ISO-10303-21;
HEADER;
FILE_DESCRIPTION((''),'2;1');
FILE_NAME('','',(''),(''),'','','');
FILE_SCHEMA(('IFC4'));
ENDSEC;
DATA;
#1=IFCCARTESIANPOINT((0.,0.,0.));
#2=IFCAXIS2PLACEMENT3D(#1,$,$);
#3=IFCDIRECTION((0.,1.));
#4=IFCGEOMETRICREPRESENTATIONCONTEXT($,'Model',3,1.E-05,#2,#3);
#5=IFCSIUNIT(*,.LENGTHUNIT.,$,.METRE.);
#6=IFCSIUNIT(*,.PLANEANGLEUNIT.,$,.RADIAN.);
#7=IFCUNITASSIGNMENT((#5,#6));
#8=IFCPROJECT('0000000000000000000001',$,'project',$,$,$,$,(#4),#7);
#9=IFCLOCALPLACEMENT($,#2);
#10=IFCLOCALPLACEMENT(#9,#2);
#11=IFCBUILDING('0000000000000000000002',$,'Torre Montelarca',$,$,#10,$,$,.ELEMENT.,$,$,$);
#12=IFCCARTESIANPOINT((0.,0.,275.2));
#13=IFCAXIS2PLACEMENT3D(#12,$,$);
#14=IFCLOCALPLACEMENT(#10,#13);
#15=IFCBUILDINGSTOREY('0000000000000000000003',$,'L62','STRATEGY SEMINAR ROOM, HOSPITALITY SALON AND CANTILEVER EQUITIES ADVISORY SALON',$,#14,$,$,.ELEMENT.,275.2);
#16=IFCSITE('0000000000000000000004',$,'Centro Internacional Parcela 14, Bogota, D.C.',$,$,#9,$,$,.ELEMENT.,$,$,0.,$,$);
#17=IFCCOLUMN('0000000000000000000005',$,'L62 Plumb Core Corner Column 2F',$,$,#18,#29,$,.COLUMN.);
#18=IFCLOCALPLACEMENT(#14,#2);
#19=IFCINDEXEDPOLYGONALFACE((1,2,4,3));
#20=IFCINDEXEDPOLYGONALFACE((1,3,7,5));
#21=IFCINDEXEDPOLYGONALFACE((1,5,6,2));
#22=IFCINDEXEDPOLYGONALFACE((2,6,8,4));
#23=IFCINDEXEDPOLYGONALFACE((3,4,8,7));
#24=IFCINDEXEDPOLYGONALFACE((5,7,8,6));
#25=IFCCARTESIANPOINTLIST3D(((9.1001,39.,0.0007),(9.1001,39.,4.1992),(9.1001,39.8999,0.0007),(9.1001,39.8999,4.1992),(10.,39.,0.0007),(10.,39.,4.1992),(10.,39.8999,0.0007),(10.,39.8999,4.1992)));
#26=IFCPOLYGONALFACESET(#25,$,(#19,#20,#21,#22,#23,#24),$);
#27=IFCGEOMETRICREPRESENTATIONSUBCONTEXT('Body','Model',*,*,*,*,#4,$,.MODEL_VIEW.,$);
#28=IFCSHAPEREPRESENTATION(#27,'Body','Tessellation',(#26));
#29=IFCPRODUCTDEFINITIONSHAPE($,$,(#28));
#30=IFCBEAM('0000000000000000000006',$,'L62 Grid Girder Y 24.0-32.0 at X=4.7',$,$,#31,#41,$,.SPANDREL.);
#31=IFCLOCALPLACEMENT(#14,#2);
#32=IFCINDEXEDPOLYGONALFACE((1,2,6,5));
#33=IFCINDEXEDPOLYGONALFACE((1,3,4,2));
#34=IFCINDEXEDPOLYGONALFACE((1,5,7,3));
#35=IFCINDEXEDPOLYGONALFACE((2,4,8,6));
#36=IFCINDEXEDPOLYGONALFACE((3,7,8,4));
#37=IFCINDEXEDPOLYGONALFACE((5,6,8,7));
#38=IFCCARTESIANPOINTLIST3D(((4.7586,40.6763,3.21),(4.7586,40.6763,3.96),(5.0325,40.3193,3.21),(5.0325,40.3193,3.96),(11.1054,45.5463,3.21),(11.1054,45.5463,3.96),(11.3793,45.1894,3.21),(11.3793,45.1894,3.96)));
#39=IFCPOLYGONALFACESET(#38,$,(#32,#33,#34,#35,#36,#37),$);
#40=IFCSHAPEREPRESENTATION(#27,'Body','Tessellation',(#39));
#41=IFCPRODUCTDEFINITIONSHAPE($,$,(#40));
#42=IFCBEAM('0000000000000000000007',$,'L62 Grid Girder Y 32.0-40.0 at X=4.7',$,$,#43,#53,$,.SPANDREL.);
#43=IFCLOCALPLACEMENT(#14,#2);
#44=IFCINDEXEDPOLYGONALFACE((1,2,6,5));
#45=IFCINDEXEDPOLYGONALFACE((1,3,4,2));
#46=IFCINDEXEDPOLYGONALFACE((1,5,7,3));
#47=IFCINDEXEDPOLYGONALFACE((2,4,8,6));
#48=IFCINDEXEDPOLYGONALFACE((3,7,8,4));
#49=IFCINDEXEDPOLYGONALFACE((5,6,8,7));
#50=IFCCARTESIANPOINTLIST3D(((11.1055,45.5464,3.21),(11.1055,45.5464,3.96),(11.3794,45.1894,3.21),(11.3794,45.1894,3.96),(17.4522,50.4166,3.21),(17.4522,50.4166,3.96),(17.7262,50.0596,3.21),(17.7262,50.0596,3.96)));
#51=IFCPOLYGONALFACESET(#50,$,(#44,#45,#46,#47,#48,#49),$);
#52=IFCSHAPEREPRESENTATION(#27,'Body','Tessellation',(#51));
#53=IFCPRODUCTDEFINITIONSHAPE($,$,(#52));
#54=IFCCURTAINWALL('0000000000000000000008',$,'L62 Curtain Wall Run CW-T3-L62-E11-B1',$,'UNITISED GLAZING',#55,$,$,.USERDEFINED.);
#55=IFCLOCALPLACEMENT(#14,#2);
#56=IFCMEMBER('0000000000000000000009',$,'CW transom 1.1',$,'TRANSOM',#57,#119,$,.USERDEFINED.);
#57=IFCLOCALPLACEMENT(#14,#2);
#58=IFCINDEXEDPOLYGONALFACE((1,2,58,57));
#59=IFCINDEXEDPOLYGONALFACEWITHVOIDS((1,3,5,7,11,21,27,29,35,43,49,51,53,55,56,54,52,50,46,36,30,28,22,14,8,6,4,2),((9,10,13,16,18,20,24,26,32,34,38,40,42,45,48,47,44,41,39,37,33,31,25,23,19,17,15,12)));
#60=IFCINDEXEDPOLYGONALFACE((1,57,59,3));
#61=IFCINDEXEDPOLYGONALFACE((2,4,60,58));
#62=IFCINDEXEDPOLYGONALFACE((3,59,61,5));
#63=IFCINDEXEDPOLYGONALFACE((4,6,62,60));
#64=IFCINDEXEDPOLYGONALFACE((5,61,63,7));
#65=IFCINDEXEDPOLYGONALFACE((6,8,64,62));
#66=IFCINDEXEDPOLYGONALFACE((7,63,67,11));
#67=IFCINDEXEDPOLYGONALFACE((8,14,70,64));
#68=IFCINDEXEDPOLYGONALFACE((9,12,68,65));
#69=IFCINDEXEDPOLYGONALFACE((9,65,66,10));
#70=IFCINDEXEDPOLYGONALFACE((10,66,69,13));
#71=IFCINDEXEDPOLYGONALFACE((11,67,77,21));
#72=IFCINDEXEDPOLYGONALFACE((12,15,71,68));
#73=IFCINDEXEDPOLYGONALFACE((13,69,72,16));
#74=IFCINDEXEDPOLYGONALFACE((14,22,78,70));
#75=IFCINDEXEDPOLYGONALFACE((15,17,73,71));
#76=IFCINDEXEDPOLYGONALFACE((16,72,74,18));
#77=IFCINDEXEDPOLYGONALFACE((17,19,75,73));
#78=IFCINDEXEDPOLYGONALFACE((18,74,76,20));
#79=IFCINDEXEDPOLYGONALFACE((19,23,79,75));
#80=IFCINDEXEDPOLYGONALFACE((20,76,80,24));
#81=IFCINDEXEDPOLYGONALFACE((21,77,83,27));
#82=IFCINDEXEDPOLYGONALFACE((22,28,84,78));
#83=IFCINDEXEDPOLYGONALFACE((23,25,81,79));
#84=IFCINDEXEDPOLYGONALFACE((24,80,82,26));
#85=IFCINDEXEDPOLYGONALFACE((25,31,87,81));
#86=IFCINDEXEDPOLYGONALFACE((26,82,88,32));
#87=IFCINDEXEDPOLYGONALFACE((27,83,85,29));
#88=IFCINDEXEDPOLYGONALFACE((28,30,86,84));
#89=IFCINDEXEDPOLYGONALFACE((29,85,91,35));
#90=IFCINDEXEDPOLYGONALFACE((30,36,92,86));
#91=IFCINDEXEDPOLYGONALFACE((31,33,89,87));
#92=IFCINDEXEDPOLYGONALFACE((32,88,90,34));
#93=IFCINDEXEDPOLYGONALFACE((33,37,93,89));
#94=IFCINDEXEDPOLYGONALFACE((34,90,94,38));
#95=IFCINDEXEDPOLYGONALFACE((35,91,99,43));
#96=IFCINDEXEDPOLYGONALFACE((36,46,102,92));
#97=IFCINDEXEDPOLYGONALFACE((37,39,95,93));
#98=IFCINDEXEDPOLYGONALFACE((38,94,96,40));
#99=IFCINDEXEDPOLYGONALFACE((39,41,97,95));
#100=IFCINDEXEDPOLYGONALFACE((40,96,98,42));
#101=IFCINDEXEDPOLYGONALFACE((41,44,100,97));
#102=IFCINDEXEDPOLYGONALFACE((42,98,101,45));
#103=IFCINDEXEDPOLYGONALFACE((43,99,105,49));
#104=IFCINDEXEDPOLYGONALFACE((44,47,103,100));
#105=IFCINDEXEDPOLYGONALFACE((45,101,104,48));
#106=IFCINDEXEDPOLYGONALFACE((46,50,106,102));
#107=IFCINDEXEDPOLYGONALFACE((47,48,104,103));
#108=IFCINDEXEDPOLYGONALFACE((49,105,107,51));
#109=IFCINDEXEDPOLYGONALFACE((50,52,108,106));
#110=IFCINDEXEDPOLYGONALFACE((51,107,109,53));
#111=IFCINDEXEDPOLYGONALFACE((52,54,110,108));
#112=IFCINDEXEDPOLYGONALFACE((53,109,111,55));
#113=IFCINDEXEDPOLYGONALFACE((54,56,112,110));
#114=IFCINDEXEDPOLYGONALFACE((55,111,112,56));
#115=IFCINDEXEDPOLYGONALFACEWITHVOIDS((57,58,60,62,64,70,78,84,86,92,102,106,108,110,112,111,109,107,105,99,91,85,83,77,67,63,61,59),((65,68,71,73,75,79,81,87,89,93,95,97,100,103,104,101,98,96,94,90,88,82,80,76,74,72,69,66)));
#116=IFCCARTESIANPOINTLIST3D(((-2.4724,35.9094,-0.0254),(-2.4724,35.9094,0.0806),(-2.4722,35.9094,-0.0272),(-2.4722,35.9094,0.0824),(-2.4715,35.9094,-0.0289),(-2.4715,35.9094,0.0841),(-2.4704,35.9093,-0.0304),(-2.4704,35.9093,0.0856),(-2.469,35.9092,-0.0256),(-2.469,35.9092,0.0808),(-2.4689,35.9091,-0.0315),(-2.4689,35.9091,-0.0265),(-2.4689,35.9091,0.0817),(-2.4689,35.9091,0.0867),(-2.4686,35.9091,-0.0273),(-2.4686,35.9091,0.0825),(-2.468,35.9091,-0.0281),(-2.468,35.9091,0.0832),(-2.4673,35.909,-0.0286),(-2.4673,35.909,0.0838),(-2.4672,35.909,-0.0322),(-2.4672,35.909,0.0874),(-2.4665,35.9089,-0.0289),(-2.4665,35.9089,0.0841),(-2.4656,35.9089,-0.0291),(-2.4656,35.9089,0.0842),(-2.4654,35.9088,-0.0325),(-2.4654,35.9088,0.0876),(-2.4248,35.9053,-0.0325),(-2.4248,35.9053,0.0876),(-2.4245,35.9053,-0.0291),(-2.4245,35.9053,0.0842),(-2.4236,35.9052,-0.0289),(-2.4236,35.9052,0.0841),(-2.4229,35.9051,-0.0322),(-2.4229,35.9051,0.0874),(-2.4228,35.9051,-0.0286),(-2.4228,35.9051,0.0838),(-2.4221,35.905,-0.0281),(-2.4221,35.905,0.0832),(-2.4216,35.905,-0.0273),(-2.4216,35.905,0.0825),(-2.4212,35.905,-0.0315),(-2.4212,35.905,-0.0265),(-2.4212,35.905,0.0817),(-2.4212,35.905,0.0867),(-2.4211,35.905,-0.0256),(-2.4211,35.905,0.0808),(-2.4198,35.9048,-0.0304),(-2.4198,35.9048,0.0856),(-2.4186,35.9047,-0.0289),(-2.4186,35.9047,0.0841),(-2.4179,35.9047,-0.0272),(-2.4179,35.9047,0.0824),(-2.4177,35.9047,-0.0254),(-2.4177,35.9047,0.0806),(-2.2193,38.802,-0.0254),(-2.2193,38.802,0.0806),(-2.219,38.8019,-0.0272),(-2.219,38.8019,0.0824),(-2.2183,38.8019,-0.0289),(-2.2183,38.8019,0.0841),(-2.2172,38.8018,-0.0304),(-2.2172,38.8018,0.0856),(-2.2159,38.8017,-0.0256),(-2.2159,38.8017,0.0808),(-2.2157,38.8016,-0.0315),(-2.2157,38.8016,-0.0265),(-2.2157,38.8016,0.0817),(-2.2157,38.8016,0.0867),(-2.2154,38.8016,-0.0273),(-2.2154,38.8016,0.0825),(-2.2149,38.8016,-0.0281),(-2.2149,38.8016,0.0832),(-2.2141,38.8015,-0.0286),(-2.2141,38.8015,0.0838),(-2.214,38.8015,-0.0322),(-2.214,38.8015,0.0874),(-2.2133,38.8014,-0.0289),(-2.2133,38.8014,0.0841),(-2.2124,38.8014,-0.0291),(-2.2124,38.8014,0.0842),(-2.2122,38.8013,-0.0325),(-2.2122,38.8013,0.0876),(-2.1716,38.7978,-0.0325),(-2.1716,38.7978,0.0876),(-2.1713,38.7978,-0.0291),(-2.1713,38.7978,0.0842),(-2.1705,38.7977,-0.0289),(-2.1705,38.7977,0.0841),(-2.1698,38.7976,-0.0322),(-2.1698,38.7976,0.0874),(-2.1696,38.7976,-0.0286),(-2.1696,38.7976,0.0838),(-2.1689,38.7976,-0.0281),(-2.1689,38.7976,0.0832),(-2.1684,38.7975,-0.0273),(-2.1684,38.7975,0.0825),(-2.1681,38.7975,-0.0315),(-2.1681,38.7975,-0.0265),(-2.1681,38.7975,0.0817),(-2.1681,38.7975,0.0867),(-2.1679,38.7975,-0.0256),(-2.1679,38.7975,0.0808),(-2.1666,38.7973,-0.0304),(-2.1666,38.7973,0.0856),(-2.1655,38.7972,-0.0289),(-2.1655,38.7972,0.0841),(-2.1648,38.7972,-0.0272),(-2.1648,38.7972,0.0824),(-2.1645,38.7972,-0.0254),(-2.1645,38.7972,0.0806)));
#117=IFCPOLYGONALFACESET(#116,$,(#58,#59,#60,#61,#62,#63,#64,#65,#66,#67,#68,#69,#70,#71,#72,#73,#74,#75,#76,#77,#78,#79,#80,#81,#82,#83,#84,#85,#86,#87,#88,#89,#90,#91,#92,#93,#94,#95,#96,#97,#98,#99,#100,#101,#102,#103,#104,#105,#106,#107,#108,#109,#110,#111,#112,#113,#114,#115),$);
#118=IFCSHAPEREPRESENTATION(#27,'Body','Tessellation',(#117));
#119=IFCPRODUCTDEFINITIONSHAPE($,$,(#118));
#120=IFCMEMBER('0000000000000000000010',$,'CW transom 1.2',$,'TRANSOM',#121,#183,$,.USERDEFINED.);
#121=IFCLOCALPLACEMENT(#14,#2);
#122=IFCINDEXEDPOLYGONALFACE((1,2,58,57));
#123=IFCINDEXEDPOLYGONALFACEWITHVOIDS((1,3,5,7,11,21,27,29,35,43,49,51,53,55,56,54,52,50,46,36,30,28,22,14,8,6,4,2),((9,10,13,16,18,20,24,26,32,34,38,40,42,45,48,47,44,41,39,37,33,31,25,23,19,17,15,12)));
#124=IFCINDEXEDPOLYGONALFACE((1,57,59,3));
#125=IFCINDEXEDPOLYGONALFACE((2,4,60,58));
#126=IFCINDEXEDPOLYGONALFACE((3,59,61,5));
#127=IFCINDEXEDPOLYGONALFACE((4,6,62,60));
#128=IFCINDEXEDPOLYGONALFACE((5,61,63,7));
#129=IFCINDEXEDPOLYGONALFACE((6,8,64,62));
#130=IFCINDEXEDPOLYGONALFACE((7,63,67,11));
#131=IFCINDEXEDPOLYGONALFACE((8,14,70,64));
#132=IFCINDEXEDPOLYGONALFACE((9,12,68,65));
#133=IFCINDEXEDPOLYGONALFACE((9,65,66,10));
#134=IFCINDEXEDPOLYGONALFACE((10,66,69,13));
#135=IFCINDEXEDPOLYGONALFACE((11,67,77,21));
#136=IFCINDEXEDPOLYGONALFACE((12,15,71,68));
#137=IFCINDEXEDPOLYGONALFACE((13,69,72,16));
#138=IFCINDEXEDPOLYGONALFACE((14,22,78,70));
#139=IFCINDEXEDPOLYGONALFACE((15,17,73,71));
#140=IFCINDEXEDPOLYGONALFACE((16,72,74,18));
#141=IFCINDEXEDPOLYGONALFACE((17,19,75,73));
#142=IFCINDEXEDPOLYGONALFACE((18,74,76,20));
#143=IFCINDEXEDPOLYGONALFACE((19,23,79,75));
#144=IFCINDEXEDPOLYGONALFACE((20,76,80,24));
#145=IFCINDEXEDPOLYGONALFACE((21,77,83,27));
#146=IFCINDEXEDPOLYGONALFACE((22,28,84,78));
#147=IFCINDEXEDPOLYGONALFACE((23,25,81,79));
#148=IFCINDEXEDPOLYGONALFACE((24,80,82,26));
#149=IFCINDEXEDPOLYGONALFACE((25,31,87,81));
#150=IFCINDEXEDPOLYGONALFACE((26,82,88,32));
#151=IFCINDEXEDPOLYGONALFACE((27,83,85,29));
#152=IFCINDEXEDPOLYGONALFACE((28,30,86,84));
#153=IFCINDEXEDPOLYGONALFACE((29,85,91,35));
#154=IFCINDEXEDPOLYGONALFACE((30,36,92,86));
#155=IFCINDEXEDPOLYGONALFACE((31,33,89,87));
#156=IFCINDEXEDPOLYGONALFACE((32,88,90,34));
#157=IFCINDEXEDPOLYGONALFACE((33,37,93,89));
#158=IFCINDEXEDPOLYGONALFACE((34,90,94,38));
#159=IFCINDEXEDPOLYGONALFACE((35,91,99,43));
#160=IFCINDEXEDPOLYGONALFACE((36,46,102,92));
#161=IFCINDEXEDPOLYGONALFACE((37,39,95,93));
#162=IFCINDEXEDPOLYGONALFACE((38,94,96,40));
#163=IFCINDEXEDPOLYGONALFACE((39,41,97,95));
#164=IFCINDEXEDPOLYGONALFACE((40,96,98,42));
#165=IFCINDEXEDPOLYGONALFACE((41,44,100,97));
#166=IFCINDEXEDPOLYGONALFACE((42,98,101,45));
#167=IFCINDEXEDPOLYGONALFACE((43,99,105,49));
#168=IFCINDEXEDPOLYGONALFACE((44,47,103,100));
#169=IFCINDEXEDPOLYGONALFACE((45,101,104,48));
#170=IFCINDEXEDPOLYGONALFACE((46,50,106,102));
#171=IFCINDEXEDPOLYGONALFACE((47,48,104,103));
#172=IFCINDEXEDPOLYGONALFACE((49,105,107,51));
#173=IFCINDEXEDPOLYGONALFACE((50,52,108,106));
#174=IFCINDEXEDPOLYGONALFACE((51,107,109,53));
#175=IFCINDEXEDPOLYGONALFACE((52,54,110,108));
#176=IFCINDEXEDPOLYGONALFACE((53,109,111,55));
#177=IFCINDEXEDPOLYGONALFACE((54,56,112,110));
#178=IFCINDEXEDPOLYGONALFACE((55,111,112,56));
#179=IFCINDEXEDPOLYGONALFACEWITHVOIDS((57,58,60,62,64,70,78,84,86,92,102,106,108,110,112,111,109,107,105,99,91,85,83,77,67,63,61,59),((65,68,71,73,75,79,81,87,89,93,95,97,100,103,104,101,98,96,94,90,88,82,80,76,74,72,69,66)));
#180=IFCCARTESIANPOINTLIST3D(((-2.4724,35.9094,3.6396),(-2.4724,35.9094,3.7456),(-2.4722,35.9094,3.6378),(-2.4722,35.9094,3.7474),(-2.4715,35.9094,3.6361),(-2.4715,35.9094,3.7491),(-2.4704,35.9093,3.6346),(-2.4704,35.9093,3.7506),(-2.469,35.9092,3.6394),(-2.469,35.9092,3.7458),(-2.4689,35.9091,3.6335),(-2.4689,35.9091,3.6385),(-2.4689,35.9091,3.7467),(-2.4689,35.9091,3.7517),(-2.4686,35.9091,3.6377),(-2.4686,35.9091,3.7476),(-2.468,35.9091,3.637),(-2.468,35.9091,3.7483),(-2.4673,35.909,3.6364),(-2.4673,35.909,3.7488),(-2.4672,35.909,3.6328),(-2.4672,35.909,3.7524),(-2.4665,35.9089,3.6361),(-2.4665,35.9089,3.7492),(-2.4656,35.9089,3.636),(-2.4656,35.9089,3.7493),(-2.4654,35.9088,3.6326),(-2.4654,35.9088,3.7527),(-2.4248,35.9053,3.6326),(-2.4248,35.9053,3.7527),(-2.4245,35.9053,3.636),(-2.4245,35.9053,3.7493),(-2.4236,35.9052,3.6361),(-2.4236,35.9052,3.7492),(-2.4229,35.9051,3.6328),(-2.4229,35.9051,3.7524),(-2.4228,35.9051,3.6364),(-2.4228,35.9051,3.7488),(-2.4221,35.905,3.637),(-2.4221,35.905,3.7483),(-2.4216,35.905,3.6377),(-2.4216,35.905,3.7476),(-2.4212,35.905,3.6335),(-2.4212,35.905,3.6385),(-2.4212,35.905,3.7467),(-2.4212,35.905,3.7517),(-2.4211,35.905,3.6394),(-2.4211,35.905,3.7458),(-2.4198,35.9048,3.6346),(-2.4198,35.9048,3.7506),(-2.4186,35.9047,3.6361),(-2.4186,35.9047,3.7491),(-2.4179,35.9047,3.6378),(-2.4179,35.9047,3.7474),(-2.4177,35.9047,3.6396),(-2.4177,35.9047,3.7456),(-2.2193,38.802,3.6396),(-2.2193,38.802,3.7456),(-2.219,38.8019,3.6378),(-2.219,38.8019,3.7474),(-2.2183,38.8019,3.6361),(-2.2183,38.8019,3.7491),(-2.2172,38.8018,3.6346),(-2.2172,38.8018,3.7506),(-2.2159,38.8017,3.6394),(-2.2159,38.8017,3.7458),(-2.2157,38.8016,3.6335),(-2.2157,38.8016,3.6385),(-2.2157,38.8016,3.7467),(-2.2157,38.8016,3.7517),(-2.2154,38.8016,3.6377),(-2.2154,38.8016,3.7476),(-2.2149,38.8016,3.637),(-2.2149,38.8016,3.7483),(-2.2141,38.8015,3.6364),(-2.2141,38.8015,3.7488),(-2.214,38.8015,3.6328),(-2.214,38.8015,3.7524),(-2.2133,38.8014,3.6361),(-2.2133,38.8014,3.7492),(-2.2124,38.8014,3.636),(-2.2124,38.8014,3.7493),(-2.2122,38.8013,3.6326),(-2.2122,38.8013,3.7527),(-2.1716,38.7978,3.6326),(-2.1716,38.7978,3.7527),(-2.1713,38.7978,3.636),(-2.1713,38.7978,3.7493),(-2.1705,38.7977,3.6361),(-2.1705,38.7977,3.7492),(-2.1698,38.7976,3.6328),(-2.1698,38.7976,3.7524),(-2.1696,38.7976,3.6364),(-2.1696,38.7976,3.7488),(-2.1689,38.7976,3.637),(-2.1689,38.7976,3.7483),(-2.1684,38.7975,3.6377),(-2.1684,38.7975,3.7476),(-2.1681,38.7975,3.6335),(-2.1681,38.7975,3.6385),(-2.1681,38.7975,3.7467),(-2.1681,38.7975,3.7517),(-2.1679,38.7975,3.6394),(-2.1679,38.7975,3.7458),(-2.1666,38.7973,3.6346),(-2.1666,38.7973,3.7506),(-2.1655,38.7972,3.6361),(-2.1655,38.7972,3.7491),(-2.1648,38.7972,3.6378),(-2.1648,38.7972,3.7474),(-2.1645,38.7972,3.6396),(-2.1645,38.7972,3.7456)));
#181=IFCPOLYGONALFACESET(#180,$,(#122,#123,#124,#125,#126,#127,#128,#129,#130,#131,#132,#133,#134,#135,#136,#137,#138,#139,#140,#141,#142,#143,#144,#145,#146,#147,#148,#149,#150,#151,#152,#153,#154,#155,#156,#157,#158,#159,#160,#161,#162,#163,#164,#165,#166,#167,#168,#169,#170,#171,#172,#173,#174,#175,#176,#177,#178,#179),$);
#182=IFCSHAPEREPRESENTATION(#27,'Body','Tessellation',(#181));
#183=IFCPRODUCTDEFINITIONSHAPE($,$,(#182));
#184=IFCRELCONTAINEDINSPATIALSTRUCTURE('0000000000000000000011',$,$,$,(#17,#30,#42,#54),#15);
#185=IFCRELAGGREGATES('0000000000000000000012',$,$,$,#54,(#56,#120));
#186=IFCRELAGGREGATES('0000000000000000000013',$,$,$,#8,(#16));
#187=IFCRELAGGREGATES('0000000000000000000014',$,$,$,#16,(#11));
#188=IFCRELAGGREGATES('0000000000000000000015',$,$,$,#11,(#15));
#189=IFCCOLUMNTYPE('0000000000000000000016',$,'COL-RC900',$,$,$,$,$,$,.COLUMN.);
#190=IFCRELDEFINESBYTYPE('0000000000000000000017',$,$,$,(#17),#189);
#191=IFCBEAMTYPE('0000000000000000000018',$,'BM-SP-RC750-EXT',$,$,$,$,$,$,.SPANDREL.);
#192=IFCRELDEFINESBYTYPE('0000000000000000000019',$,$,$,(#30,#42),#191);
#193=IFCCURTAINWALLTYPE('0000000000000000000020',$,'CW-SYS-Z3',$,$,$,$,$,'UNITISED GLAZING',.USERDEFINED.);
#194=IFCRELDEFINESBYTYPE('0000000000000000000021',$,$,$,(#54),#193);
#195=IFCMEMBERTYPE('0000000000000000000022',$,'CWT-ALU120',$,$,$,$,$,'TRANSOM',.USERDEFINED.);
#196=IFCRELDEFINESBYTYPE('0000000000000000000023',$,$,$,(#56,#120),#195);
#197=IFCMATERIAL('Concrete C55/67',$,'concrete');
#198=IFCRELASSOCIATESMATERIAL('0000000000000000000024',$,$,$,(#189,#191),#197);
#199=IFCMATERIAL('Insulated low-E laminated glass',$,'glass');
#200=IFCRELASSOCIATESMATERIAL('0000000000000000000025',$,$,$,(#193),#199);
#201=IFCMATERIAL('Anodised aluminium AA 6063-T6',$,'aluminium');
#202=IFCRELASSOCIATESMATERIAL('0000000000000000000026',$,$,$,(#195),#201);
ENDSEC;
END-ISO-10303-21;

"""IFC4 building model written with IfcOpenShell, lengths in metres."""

from ifc_helpers import new_model, si_unit, direction, frame, origin, origin_2d, place, context, subcontext, project, spatial, rectangle, hollow_rectangle, extrude, source, transform, mapped, material, material_profile, profile_set, type_object, element, aggregate, save


model = new_model("IFC4")

# Units and contexts
model_context = context("Model", 3, precision=1e-05, world=origin(), true_north=direction((0.0, 1.0)))
body_context = subcontext(model_context, "Body", "Model", "MODEL_VIEW")
ifc_project = project(units=[si_unit("LENGTHUNIT", "METRE"), si_unit("PLANEANGLEUNIT", "RADIAN")], contexts=[model_context])

# Site, building, storey
site_placement = place(None, origin())
site = spatial("IfcSite", under=ifc_project, at=site_placement, Name="Centro Internacional Parcela 14, Bogota, D.C.", CompositionType="ELEMENT", RefElevation=0.0)
building_placement = place(site_placement, origin())
building = spatial("IfcBuilding", under=site, at=building_placement, Name="Torre Montelarca", CompositionType="ELEMENT")
storey_placement = place(building_placement, frame((0.0, 0.0, 275.2)))
storey = spatial("IfcBuildingStorey", under=building, at=storey_placement, Name="L62", Description="STRATEGY SEMINAR ROOM, HOSPITALITY SALON AND CANTILEVER EQUITIES ADVISORY SALON", CompositionType="ELEMENT", Elevation=275.2)

# Column
ifc_material_1 = material(Name="Concrete C55/67", Category="concrete")
ifc_material_profile_1 = material_profile(ifc_material_1, rectangle(XDim=0.8999, YDim=0.8999, at=origin_2d()), Name="RC900X900", Category="concrete")
ifc_profile_set_1 = profile_set([ifc_material_profile_1], Name="Concrete C55/67")
column_type_1 = type_object("IfcColumnType", Name="COL-RC900", PredefinedType="COLUMN", material=ifc_profile_set_1)
shared_shape_1 = source(origin(), body_context, "Body", "SweptSolid", [
    extrude(rectangle(XDim=0.8999, YDim=0.8999, at=origin_2d()), origin(), (0.0, 0.0, 1.0), 4.1985),
])
column_1_placement = place(storey_placement, frame((9.55, 39.45, 0.0007), z_axis=(0.0, 0.0, 1.0), x_axis=(1.0, 0.0, 0.0)))
element("IfcColumn", 1, at=column_1_placement, inside=storey, type_object=column_type_1, Name="L62 Plumb Core Corner Column 2F", PredefinedType="COLUMN", context=body_context, shape_type="MappedRepresentation", body=[
    mapped(shared_shape_1, transform((0.0, 0.0, 0.0), scale=1.0)),
])

# Beams
ifc_material_profile_2 = material_profile(ifc_material_1, rectangle(XDim=0.45, YDim=0.75, at=origin_2d()), Name="RCB450X750", Category="concrete")
ifc_profile_set_2 = profile_set([ifc_material_profile_2], Name="Concrete C55/67")
beam_type = type_object("IfcBeamType", Name="BM-SP-RC750-EXT", PredefinedType="SPANDREL", material=ifc_profile_set_2)
shared_shape_2 = source(origin(), body_context, "Body", "SweptSolid", [
    extrude(rectangle(XDim=0.45, YDim=0.75, at=origin_2d()), origin(), (0.0, 0.0, 1.0), 8.0),
])
for number, where, z_axis, x_axis, name in (
    (2, (4.8955, 40.4978, 3.585), (0.793356, 0.608758, 0.0), (-0.608758, 0.793356, 0.0), "L62 Grid Girder Y 24.0-32.0 at X=4.7"),
    (3, (11.2424, 45.3679, 3.585), (0.793345, 0.608772, 0.0), (-0.608772, 0.793345, 0.0), "L62 Grid Girder Y 32.0-40.0 at X=4.7"),
):
    element("IfcBeam", number, at=place(storey_placement, frame(where, z_axis=z_axis, x_axis=x_axis)), inside=storey, type_object=beam_type, Name=name, PredefinedType="SPANDREL", context=body_context, shape_type="MappedRepresentation", body=[
        mapped(shared_shape_2, transform((0.0, 0.0, 0.0), scale=1.0)),
    ])

# Curtain wall, members
ifc_material_2 = material(Name="Insulated low-E laminated glass", Category="glass")
curtain_wall_type = type_object("IfcCurtainWallType", Name="CW-SYS-Z3", ElementType="UNITISED GLAZING", PredefinedType="USERDEFINED", material=ifc_material_2)
curtain_wall_1_placement = place(storey_placement, origin())
curtain_wall_1 = element("IfcCurtainWall", 4, at=curtain_wall_1_placement, inside=storey, type_object=curtain_wall_type, Name="L62 Curtain Wall Run CW-T3-L62-E11-B1", ObjectType="UNITISED GLAZING", PredefinedType="USERDEFINED")
ifc_material_3 = material(Name="Anodised aluminium AA 6063-T6", Category="aluminium")
ifc_material_profile_3 = material_profile(ifc_material_3, hollow_rectangle(XDim=0.0549, YDim=0.1201, WallThickness=0.0034, InnerFilletRadius=0.0034, OuterFilletRadius=0.0071, at=origin_2d()), Name="ALU55X120X3.5", Category="aluminium")
ifc_profile_set_3 = profile_set([ifc_material_profile_3], Name="Anodised aluminium AA 6063-T6")
member_type_1 = type_object("IfcMemberType", Name="CWT-ALU120", ElementType="TRANSOM", PredefinedType="USERDEFINED", material=ifc_profile_set_3)
shared_shape_3 = source(origin(), body_context, "Body", "SweptSolid", [
    extrude(hollow_rectangle(XDim=0.0549, YDim=0.1201, WallThickness=0.0034, InnerFilletRadius=0.0034, OuterFilletRadius=0.0071, at=origin_2d()), origin(), (0.0, 0.0, 1.0), 2.9036),
])
member_1_placement = place(storey_placement, frame((-2.1919, 38.7996, 0.0276), z_axis=(-0.087192, -0.996192, 0.0), x_axis=(0.996192, -0.087192, 0.0)))
member_1 = element("IfcMember", 5, at=member_1_placement, type_object=member_type_1, Name="CW transom 1.1", ObjectType="TRANSOM", PredefinedType="USERDEFINED", context=body_context, shape_type="MappedRepresentation", body=[
    mapped(shared_shape_3, transform((0.0, 0.0, 0.0), scale=1.0)),
])
member_2_placement = place(storey_placement, frame((-2.1919, 38.7996, 3.6926), z_axis=(-0.087192, -0.996192, 0.0), x_axis=(0.996192, -0.087192, 0.0)))
member_2 = element("IfcMember", 6, at=member_2_placement, type_object=member_type_1, Name="CW transom 1.2", ObjectType="TRANSOM", PredefinedType="USERDEFINED", context=body_context, shape_type="MappedRepresentation", body=[
    mapped(shared_shape_3, transform((0.0, 0.0, 0.0), scale=1.0)),
])

aggregate(curtain_wall_1, [member_1, member_2])

save(model, "model.ifc")
